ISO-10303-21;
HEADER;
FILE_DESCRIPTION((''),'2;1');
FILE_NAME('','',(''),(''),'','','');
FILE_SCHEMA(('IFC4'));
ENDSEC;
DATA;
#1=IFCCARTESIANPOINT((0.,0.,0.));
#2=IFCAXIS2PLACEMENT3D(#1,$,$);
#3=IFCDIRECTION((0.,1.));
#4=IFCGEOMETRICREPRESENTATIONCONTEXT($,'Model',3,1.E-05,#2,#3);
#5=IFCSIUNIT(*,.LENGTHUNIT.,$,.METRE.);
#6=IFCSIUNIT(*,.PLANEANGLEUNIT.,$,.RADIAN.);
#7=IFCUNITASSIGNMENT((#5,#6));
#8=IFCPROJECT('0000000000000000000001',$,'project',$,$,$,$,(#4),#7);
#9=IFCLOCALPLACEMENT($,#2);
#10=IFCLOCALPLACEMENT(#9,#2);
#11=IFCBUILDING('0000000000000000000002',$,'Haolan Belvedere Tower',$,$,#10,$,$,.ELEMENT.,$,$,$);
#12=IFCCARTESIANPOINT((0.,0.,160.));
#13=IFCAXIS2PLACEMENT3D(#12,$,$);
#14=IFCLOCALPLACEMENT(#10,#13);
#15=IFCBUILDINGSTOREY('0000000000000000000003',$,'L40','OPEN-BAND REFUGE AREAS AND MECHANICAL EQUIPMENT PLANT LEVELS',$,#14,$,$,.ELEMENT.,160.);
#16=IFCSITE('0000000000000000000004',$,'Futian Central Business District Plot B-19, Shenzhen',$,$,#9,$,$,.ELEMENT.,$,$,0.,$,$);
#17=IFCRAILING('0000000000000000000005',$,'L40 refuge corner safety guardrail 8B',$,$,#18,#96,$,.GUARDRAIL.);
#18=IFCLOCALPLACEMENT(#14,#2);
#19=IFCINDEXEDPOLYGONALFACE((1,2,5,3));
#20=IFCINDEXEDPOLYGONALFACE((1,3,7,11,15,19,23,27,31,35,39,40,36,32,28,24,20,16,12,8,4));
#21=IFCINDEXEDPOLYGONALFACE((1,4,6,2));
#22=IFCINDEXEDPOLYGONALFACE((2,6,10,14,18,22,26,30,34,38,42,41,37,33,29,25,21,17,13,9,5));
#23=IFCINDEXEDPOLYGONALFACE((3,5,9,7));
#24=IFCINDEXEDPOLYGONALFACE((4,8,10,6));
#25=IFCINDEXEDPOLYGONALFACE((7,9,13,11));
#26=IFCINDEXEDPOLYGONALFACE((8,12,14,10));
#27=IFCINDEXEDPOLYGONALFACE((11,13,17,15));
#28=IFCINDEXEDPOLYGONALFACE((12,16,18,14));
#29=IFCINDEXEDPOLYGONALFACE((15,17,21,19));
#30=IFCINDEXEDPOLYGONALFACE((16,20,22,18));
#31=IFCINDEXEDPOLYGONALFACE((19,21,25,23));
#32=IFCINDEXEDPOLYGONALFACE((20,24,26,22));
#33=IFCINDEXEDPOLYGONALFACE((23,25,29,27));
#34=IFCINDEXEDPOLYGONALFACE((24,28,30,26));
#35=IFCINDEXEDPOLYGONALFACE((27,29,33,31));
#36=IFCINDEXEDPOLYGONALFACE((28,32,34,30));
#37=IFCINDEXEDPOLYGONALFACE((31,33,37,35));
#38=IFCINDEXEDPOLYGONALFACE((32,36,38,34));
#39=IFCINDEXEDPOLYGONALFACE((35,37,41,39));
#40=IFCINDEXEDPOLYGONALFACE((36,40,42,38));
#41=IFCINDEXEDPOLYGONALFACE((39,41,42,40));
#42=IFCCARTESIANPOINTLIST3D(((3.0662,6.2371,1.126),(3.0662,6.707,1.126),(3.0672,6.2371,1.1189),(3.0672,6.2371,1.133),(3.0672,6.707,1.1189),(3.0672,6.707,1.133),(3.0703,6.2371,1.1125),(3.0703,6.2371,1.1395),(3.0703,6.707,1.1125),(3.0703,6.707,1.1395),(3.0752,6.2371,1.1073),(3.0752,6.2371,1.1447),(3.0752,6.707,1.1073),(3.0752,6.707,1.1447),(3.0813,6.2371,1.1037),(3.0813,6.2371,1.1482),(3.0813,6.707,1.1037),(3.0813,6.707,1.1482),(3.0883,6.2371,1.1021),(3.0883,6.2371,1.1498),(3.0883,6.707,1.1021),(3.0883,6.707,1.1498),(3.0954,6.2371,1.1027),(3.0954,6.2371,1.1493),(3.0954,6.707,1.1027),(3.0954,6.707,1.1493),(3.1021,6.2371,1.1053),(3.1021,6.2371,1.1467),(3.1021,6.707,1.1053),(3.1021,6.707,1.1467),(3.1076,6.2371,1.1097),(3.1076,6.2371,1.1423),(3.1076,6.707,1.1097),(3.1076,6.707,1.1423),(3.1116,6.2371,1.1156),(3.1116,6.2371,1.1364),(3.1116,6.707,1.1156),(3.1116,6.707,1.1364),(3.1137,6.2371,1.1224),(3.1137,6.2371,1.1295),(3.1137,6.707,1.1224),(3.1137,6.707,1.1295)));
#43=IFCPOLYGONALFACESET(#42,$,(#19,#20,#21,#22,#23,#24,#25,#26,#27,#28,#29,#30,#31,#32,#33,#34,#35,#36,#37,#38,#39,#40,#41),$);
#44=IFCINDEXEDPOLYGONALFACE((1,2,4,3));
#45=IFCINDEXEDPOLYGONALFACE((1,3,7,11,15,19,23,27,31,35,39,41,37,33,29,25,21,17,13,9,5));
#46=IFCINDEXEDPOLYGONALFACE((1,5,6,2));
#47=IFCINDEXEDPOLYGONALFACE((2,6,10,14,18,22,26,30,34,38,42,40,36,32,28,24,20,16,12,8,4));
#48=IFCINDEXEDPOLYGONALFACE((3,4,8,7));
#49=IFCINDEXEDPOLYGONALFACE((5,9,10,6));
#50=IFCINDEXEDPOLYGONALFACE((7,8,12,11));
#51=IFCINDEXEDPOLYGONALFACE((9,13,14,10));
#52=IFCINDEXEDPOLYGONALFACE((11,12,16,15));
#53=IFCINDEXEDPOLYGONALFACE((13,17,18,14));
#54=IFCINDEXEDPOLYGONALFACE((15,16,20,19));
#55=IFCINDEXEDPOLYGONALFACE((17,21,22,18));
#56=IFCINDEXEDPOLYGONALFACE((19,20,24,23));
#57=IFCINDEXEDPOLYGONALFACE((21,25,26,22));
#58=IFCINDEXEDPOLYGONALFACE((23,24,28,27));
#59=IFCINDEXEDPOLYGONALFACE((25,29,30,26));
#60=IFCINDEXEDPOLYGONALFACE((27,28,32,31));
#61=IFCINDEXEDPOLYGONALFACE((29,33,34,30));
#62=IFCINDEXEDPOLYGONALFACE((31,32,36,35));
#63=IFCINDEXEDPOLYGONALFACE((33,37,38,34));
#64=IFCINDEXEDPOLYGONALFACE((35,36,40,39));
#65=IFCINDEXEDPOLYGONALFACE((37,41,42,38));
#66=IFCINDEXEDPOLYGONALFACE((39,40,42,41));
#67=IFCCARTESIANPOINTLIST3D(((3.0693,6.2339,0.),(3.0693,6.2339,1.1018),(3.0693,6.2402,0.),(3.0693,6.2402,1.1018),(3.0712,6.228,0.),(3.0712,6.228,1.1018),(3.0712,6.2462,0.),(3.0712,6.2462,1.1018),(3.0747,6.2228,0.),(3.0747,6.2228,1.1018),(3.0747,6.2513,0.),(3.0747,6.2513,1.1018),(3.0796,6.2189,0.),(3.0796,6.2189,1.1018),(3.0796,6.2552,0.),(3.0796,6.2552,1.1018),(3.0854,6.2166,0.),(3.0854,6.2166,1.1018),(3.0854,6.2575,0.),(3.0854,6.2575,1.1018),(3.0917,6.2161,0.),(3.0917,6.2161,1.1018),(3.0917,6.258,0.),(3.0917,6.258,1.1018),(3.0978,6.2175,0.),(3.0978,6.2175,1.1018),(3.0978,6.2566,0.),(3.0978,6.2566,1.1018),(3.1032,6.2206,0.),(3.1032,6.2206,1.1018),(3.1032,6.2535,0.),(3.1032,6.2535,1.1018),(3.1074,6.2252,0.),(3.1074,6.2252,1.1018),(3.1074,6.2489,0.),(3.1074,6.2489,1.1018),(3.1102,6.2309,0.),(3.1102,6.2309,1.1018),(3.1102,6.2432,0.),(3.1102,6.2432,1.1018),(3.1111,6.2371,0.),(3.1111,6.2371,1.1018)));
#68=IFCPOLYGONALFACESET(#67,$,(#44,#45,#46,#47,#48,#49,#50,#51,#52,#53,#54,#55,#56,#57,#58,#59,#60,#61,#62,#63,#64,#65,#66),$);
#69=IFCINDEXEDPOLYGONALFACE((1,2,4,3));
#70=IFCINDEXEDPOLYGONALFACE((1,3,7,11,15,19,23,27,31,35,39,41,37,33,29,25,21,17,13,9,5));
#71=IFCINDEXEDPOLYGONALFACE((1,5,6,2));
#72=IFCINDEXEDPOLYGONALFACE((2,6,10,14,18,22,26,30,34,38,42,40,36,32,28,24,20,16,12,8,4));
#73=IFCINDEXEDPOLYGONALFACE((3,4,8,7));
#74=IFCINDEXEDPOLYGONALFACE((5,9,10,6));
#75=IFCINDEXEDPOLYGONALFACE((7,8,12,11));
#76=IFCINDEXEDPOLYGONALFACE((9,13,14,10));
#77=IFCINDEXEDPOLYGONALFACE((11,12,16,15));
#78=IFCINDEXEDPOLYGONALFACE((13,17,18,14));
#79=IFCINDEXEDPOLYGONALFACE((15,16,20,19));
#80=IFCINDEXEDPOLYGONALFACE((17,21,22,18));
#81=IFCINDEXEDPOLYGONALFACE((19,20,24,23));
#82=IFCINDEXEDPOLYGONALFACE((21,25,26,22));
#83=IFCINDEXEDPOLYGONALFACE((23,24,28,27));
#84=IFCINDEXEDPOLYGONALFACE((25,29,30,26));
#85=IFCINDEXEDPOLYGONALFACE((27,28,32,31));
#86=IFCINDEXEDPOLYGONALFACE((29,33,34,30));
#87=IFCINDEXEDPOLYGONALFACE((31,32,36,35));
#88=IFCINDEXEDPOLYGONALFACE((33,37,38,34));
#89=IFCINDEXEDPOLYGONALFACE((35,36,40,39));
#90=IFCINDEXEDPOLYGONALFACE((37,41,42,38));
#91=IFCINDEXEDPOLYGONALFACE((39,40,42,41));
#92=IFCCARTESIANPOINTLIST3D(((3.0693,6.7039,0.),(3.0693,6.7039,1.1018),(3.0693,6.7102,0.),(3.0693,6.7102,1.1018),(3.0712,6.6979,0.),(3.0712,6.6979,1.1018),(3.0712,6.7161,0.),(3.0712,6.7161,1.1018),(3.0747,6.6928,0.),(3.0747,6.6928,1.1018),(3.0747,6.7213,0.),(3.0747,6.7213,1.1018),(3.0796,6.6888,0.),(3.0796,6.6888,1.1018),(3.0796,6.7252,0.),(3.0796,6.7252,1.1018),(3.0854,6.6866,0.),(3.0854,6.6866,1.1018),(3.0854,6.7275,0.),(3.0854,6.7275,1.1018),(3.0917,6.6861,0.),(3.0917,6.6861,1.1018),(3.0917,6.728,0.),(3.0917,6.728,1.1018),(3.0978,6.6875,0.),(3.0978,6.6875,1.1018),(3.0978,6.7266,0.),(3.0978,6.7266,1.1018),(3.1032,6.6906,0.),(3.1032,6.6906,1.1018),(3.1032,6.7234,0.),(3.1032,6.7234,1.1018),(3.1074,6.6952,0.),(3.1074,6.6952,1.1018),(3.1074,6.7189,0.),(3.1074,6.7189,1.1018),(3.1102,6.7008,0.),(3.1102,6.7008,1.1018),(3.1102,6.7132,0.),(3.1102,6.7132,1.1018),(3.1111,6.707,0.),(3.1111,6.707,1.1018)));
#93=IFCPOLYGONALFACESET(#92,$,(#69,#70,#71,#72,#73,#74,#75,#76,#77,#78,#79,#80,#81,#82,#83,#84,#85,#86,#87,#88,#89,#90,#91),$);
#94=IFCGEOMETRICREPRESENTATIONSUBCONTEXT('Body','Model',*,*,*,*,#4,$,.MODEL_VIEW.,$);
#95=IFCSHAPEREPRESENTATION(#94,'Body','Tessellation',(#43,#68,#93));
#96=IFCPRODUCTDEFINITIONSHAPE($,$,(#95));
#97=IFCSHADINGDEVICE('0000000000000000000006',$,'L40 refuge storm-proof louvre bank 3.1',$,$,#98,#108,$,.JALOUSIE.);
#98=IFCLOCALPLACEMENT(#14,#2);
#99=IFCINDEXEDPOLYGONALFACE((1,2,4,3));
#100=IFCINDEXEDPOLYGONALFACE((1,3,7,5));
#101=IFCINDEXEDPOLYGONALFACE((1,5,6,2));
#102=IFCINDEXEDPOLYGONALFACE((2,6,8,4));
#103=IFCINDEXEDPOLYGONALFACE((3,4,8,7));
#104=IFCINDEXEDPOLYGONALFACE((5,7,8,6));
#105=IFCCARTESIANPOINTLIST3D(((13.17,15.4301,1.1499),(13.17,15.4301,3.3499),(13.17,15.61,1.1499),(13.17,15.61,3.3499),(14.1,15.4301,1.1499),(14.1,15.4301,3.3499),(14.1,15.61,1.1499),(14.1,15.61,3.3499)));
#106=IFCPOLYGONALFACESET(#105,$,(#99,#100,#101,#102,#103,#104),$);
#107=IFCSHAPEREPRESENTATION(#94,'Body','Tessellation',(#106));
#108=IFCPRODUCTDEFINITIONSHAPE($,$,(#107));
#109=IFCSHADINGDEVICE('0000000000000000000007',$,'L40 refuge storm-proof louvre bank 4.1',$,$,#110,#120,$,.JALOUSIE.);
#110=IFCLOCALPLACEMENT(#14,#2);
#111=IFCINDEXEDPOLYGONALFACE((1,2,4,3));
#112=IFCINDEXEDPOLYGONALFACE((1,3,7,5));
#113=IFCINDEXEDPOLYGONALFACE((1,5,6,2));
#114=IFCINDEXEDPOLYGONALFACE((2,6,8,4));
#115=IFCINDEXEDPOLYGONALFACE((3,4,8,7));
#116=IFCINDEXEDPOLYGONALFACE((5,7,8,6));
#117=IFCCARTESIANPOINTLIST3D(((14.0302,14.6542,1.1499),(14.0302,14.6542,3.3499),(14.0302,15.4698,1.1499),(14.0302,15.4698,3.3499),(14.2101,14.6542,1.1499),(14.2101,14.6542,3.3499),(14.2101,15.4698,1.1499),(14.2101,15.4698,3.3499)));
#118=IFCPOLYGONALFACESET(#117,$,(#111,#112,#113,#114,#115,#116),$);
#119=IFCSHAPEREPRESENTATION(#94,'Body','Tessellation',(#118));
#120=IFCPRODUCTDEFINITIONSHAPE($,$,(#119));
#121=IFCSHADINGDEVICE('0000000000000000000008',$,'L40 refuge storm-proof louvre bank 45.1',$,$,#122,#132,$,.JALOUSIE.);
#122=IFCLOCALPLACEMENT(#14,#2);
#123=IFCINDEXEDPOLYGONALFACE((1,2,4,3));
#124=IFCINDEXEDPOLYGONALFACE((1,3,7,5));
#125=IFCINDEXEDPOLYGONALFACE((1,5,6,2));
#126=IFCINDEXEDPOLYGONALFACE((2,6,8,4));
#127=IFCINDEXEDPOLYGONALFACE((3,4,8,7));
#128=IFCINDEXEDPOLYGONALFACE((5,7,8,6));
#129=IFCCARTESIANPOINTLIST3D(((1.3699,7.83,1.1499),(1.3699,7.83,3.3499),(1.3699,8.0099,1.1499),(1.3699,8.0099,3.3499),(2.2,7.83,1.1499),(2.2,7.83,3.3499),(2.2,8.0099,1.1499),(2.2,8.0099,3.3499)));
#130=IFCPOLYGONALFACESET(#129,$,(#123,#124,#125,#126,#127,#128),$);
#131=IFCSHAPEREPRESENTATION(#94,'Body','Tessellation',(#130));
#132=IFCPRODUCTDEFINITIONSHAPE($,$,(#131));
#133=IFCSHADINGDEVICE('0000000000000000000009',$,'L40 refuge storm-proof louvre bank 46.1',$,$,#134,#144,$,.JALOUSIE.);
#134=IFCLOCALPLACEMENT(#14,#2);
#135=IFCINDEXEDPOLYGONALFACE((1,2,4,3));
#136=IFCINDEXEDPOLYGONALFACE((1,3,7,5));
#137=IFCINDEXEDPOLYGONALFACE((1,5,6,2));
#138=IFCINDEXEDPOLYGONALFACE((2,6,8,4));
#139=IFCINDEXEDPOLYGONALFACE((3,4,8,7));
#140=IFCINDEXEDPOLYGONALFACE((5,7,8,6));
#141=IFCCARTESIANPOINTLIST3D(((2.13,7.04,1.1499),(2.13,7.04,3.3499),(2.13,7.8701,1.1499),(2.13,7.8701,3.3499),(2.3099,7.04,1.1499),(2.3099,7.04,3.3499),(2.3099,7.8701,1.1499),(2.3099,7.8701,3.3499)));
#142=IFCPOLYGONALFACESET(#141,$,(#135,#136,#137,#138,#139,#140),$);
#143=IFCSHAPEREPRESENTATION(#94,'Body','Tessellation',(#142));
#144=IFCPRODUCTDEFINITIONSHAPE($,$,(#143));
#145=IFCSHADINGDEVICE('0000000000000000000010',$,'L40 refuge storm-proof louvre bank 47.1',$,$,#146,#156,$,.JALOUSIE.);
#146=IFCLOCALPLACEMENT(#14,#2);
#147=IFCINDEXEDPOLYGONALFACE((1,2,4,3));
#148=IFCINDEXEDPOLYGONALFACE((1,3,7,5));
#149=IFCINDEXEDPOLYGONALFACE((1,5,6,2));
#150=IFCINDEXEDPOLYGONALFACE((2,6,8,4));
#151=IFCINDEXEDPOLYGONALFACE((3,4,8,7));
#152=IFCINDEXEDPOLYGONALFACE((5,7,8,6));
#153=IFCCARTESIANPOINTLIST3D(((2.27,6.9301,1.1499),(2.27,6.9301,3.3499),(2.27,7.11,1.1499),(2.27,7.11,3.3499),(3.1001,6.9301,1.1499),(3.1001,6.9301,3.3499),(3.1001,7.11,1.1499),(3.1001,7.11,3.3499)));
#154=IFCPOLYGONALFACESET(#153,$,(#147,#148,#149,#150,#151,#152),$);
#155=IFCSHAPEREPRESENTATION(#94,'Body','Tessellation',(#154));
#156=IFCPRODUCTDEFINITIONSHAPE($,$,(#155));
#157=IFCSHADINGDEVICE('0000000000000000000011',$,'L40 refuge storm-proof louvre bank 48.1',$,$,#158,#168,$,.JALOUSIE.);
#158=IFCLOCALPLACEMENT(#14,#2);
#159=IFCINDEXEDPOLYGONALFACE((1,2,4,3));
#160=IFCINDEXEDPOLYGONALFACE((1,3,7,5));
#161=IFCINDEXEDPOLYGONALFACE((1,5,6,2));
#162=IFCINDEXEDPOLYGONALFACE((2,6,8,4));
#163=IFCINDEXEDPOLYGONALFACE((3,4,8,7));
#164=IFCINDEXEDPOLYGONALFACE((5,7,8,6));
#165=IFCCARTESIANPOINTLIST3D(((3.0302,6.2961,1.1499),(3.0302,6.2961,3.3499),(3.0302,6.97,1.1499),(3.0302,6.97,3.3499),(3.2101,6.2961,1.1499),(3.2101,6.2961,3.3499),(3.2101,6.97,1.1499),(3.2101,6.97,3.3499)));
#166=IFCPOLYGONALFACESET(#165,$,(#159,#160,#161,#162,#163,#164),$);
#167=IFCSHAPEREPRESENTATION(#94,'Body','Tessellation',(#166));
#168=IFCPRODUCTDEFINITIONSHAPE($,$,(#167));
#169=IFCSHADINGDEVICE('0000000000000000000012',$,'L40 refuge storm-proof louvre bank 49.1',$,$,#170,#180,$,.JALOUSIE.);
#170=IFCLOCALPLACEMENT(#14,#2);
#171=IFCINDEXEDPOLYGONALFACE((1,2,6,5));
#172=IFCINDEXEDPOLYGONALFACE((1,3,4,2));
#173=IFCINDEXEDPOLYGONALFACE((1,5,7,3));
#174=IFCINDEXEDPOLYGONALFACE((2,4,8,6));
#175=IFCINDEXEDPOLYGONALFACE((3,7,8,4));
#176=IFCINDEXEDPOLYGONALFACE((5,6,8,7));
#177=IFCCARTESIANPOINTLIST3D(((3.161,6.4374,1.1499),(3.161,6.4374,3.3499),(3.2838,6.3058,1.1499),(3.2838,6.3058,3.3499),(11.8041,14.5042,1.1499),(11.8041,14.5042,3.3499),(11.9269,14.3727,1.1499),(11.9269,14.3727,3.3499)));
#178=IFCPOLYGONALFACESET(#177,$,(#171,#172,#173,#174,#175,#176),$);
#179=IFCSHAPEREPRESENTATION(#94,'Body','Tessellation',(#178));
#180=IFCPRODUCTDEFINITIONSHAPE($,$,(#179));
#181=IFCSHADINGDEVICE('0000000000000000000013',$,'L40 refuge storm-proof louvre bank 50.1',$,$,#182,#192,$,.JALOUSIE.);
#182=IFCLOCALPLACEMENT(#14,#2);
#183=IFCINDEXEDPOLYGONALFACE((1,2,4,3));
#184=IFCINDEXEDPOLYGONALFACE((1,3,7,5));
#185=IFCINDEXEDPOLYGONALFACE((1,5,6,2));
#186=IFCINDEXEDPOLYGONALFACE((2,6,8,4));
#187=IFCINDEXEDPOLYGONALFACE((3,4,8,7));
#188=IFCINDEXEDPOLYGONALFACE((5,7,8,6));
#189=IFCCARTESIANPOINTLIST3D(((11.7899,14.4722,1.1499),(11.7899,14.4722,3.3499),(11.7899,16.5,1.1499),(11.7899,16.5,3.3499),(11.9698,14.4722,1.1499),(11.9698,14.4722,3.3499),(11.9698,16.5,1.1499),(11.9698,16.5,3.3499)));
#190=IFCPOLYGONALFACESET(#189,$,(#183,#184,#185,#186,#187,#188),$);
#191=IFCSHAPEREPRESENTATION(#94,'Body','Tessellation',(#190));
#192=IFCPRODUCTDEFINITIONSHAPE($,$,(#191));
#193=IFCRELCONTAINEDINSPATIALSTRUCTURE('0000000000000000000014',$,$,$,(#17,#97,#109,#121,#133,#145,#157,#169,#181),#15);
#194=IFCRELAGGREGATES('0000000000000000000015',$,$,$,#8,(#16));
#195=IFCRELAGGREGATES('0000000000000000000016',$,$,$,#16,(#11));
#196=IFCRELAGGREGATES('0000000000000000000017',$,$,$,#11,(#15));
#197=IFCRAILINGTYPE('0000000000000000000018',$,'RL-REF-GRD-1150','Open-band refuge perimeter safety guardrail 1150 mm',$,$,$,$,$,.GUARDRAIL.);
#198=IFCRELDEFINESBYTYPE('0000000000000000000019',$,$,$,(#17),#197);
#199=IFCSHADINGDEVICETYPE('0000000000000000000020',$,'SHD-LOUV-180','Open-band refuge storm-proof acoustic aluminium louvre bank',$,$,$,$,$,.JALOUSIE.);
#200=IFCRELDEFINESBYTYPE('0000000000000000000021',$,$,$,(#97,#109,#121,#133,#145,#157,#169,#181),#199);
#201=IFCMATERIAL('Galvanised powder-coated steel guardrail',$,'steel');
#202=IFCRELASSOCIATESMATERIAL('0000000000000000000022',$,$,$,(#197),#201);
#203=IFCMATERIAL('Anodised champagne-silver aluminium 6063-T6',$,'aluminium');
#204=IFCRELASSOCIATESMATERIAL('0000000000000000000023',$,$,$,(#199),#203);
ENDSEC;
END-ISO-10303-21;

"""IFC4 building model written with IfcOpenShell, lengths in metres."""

from ifc_helpers import new_model, si_unit, direction, frame, origin, origin_2d, place, context, subcontext, project, spatial, rectangle, circle, extrude, material, type_object, element, save


model = new_model("IFC4")

# Units and contexts
model_context = context("Model", 3, precision=1e-05, world=origin(), true_north=direction((0.0, 1.0)))
body_context = subcontext(model_context, "Body", "Model", "MODEL_VIEW")
ifc_project = project(units=[si_unit("LENGTHUNIT", "METRE"), si_unit("PLANEANGLEUNIT", "RADIAN")], contexts=[model_context])

# Site, building, storey
site_placement = place(None, origin())
site = spatial("IfcSite", under=ifc_project, at=site_placement, Name="Futian Central Business District Plot B-19, Shenzhen", CompositionType="ELEMENT", RefElevation=0.0)
building_placement = place(site_placement, origin())
building = spatial("IfcBuilding", under=site, at=building_placement, Name="Haolan Belvedere Tower", CompositionType="ELEMENT")
storey_placement = place(building_placement, frame((0.0, 0.0, 160.0)))
storey = spatial("IfcBuildingStorey", under=building, at=storey_placement, Name="L40", Description="OPEN-BAND REFUGE AREAS AND MECHANICAL EQUIPMENT PLANT LEVELS", CompositionType="ELEMENT", Elevation=160.0)

# Railing
ifc_material_1 = material(Name="Galvanised powder-coated steel guardrail", Category="steel")
railing_type = type_object("IfcRailingType", Name="RL-REF-GRD-1150", Description="Open-band refuge perimeter safety guardrail 1150 mm", PredefinedType="GUARDRAIL", material=ifc_material_1)
railing_1_placement = place(storey_placement, frame((3.0901, 6.2371, 0.0)))
element("IfcRailing", 1, at=railing_1_placement, inside=storey, type_object=railing_type, Name="L40 refuge corner safety guardrail 8B", PredefinedType="GUARDRAIL", context=body_context, shape_type="SweptSolid", body=[
    extrude(circle(Radius=0.0239, at=origin_2d()), frame((0.0, 0.0, 1.126), z_axis=(0.0, 1.0, 0.0), x_axis=(-1.0, 0.0, 0.0)), (0.0, 0.0, 1.0), 0.47),
    extrude(circle(Radius=0.021, at=origin_2d()), origin(), (0.0, 0.0, 1.0), 1.1018),
    extrude(circle(Radius=0.021, at=origin_2d()), frame((0.0, 0.47, 0.0)), (0.0, 0.0, 1.0), 1.1018),
])

# Shading devices
ifc_material_2 = material(Name="Anodised champagne-silver aluminium 6063-T6", Category="aluminium")
shading_device_type = type_object("IfcShadingDeviceType", Name="SHD-LOUV-180", Description="Open-band refuge storm-proof acoustic aluminium louvre bank", PredefinedType="JALOUSIE", material=ifc_material_2)
shading_device_1_placement = place(storey_placement, frame((13.635, 15.52, 1.1499), z_axis=(0.0, 0.0, 1.0), x_axis=(1.0, 0.0, 0.0)))
element("IfcShadingDevice", 2, at=shading_device_1_placement, inside=storey, type_object=shading_device_type, Name="L40 refuge storm-proof louvre bank 3.1", PredefinedType="JALOUSIE", context=body_context, shape_type="SweptSolid", body=[
    extrude(rectangle(XDim=0.9299, YDim=0.1799, at=origin_2d()), origin(), (0.0, 0.0, 1.0), 2.2),
])
shading_device_2_placement = place(storey_placement, frame((14.1201, 15.062, 1.1499), z_axis=(0.0, 0.0, 1.0), x_axis=(0.0, -1.0, 0.0)))
element("IfcShadingDevice", 3, at=shading_device_2_placement, inside=storey, type_object=shading_device_type, Name="L40 refuge storm-proof louvre bank 4.1", PredefinedType="JALOUSIE", context=body_context, shape_type="SweptSolid", body=[
    extrude(rectangle(XDim=0.8157, YDim=0.1799, at=origin_2d()), origin(), (0.0, 0.0, 1.0), 2.2),
])
for number, where, z_axis, x_axis, name in (
    (4, (1.7849, 7.9199, 1.1499), (0.0, 0.0, 1.0), (1.0, 0.0, 0.0), "L40 refuge storm-proof louvre bank 45.1"),
    (5, (2.22, 7.4551, 1.1499), (0.0, 0.0, 1.0), (0.0, -1.0, 0.0), "L40 refuge storm-proof louvre bank 46.1"),
    (6, (2.6851, 7.02, 1.1499), (0.0, 0.0, 1.0), (1.0, 0.0, 0.0), "L40 refuge storm-proof louvre bank 47.1"),
):
    element("IfcShadingDevice", number, at=place(storey_placement, frame(where, z_axis=z_axis, x_axis=x_axis)), inside=storey, type_object=shading_device_type, Name=name, PredefinedType="JALOUSIE", context=body_context, shape_type="SweptSolid", body=[
        extrude(rectangle(XDim=0.8301, YDim=0.1799, at=origin_2d()), origin(), (0.0, 0.0, 1.0), 2.2),
    ])
shading_device_3_placement = place(storey_placement, frame((3.1201, 6.6331, 1.1499), z_axis=(0.0, 0.0, 1.0), x_axis=(0.0, -1.0, 0.0)))
element("IfcShadingDevice", 7, at=shading_device_3_placement, inside=storey, type_object=shading_device_type, Name="L40 refuge storm-proof louvre bank 48.1", PredefinedType="JALOUSIE", context=body_context, shape_type="SweptSolid", body=[
    extrude(rectangle(XDim=0.6738, YDim=0.1799, at=origin_2d()), origin(), (0.0, 0.0, 1.0), 2.2),
])
shading_device_4_placement = place(storey_placement, frame((7.5439, 10.405, 1.1499), z_axis=(0.0, 0.0, 1.0), x_axis=(0.731056, 0.682317, 0.0)))
element("IfcShadingDevice", 8, at=shading_device_4_placement, inside=storey, type_object=shading_device_type, Name="L40 refuge storm-proof louvre bank 49.1", PredefinedType="JALOUSIE", context=body_context, shape_type="SweptSolid", body=[
    extrude(rectangle(XDim=11.8228, YDim=0.1799, at=origin_2d()), origin(), (0.0, 0.0, 1.0), 2.2),
])
shading_device_5_placement = place(storey_placement, frame((11.8799, 15.4861, 1.1499), z_axis=(0.0, 0.0, 1.0), x_axis=(0.0, 1.0, 0.0)))
element("IfcShadingDevice", 9, at=shading_device_5_placement, inside=storey, type_object=shading_device_type, Name="L40 refuge storm-proof louvre bank 50.1", PredefinedType="JALOUSIE", context=body_context, shape_type="SweptSolid", body=[
    extrude(rectangle(XDim=2.0278, YDim=0.1799, at=origin_2d()), origin(), (0.0, 0.0, 1.0), 2.2),
])

save(model, "model.ifc")
